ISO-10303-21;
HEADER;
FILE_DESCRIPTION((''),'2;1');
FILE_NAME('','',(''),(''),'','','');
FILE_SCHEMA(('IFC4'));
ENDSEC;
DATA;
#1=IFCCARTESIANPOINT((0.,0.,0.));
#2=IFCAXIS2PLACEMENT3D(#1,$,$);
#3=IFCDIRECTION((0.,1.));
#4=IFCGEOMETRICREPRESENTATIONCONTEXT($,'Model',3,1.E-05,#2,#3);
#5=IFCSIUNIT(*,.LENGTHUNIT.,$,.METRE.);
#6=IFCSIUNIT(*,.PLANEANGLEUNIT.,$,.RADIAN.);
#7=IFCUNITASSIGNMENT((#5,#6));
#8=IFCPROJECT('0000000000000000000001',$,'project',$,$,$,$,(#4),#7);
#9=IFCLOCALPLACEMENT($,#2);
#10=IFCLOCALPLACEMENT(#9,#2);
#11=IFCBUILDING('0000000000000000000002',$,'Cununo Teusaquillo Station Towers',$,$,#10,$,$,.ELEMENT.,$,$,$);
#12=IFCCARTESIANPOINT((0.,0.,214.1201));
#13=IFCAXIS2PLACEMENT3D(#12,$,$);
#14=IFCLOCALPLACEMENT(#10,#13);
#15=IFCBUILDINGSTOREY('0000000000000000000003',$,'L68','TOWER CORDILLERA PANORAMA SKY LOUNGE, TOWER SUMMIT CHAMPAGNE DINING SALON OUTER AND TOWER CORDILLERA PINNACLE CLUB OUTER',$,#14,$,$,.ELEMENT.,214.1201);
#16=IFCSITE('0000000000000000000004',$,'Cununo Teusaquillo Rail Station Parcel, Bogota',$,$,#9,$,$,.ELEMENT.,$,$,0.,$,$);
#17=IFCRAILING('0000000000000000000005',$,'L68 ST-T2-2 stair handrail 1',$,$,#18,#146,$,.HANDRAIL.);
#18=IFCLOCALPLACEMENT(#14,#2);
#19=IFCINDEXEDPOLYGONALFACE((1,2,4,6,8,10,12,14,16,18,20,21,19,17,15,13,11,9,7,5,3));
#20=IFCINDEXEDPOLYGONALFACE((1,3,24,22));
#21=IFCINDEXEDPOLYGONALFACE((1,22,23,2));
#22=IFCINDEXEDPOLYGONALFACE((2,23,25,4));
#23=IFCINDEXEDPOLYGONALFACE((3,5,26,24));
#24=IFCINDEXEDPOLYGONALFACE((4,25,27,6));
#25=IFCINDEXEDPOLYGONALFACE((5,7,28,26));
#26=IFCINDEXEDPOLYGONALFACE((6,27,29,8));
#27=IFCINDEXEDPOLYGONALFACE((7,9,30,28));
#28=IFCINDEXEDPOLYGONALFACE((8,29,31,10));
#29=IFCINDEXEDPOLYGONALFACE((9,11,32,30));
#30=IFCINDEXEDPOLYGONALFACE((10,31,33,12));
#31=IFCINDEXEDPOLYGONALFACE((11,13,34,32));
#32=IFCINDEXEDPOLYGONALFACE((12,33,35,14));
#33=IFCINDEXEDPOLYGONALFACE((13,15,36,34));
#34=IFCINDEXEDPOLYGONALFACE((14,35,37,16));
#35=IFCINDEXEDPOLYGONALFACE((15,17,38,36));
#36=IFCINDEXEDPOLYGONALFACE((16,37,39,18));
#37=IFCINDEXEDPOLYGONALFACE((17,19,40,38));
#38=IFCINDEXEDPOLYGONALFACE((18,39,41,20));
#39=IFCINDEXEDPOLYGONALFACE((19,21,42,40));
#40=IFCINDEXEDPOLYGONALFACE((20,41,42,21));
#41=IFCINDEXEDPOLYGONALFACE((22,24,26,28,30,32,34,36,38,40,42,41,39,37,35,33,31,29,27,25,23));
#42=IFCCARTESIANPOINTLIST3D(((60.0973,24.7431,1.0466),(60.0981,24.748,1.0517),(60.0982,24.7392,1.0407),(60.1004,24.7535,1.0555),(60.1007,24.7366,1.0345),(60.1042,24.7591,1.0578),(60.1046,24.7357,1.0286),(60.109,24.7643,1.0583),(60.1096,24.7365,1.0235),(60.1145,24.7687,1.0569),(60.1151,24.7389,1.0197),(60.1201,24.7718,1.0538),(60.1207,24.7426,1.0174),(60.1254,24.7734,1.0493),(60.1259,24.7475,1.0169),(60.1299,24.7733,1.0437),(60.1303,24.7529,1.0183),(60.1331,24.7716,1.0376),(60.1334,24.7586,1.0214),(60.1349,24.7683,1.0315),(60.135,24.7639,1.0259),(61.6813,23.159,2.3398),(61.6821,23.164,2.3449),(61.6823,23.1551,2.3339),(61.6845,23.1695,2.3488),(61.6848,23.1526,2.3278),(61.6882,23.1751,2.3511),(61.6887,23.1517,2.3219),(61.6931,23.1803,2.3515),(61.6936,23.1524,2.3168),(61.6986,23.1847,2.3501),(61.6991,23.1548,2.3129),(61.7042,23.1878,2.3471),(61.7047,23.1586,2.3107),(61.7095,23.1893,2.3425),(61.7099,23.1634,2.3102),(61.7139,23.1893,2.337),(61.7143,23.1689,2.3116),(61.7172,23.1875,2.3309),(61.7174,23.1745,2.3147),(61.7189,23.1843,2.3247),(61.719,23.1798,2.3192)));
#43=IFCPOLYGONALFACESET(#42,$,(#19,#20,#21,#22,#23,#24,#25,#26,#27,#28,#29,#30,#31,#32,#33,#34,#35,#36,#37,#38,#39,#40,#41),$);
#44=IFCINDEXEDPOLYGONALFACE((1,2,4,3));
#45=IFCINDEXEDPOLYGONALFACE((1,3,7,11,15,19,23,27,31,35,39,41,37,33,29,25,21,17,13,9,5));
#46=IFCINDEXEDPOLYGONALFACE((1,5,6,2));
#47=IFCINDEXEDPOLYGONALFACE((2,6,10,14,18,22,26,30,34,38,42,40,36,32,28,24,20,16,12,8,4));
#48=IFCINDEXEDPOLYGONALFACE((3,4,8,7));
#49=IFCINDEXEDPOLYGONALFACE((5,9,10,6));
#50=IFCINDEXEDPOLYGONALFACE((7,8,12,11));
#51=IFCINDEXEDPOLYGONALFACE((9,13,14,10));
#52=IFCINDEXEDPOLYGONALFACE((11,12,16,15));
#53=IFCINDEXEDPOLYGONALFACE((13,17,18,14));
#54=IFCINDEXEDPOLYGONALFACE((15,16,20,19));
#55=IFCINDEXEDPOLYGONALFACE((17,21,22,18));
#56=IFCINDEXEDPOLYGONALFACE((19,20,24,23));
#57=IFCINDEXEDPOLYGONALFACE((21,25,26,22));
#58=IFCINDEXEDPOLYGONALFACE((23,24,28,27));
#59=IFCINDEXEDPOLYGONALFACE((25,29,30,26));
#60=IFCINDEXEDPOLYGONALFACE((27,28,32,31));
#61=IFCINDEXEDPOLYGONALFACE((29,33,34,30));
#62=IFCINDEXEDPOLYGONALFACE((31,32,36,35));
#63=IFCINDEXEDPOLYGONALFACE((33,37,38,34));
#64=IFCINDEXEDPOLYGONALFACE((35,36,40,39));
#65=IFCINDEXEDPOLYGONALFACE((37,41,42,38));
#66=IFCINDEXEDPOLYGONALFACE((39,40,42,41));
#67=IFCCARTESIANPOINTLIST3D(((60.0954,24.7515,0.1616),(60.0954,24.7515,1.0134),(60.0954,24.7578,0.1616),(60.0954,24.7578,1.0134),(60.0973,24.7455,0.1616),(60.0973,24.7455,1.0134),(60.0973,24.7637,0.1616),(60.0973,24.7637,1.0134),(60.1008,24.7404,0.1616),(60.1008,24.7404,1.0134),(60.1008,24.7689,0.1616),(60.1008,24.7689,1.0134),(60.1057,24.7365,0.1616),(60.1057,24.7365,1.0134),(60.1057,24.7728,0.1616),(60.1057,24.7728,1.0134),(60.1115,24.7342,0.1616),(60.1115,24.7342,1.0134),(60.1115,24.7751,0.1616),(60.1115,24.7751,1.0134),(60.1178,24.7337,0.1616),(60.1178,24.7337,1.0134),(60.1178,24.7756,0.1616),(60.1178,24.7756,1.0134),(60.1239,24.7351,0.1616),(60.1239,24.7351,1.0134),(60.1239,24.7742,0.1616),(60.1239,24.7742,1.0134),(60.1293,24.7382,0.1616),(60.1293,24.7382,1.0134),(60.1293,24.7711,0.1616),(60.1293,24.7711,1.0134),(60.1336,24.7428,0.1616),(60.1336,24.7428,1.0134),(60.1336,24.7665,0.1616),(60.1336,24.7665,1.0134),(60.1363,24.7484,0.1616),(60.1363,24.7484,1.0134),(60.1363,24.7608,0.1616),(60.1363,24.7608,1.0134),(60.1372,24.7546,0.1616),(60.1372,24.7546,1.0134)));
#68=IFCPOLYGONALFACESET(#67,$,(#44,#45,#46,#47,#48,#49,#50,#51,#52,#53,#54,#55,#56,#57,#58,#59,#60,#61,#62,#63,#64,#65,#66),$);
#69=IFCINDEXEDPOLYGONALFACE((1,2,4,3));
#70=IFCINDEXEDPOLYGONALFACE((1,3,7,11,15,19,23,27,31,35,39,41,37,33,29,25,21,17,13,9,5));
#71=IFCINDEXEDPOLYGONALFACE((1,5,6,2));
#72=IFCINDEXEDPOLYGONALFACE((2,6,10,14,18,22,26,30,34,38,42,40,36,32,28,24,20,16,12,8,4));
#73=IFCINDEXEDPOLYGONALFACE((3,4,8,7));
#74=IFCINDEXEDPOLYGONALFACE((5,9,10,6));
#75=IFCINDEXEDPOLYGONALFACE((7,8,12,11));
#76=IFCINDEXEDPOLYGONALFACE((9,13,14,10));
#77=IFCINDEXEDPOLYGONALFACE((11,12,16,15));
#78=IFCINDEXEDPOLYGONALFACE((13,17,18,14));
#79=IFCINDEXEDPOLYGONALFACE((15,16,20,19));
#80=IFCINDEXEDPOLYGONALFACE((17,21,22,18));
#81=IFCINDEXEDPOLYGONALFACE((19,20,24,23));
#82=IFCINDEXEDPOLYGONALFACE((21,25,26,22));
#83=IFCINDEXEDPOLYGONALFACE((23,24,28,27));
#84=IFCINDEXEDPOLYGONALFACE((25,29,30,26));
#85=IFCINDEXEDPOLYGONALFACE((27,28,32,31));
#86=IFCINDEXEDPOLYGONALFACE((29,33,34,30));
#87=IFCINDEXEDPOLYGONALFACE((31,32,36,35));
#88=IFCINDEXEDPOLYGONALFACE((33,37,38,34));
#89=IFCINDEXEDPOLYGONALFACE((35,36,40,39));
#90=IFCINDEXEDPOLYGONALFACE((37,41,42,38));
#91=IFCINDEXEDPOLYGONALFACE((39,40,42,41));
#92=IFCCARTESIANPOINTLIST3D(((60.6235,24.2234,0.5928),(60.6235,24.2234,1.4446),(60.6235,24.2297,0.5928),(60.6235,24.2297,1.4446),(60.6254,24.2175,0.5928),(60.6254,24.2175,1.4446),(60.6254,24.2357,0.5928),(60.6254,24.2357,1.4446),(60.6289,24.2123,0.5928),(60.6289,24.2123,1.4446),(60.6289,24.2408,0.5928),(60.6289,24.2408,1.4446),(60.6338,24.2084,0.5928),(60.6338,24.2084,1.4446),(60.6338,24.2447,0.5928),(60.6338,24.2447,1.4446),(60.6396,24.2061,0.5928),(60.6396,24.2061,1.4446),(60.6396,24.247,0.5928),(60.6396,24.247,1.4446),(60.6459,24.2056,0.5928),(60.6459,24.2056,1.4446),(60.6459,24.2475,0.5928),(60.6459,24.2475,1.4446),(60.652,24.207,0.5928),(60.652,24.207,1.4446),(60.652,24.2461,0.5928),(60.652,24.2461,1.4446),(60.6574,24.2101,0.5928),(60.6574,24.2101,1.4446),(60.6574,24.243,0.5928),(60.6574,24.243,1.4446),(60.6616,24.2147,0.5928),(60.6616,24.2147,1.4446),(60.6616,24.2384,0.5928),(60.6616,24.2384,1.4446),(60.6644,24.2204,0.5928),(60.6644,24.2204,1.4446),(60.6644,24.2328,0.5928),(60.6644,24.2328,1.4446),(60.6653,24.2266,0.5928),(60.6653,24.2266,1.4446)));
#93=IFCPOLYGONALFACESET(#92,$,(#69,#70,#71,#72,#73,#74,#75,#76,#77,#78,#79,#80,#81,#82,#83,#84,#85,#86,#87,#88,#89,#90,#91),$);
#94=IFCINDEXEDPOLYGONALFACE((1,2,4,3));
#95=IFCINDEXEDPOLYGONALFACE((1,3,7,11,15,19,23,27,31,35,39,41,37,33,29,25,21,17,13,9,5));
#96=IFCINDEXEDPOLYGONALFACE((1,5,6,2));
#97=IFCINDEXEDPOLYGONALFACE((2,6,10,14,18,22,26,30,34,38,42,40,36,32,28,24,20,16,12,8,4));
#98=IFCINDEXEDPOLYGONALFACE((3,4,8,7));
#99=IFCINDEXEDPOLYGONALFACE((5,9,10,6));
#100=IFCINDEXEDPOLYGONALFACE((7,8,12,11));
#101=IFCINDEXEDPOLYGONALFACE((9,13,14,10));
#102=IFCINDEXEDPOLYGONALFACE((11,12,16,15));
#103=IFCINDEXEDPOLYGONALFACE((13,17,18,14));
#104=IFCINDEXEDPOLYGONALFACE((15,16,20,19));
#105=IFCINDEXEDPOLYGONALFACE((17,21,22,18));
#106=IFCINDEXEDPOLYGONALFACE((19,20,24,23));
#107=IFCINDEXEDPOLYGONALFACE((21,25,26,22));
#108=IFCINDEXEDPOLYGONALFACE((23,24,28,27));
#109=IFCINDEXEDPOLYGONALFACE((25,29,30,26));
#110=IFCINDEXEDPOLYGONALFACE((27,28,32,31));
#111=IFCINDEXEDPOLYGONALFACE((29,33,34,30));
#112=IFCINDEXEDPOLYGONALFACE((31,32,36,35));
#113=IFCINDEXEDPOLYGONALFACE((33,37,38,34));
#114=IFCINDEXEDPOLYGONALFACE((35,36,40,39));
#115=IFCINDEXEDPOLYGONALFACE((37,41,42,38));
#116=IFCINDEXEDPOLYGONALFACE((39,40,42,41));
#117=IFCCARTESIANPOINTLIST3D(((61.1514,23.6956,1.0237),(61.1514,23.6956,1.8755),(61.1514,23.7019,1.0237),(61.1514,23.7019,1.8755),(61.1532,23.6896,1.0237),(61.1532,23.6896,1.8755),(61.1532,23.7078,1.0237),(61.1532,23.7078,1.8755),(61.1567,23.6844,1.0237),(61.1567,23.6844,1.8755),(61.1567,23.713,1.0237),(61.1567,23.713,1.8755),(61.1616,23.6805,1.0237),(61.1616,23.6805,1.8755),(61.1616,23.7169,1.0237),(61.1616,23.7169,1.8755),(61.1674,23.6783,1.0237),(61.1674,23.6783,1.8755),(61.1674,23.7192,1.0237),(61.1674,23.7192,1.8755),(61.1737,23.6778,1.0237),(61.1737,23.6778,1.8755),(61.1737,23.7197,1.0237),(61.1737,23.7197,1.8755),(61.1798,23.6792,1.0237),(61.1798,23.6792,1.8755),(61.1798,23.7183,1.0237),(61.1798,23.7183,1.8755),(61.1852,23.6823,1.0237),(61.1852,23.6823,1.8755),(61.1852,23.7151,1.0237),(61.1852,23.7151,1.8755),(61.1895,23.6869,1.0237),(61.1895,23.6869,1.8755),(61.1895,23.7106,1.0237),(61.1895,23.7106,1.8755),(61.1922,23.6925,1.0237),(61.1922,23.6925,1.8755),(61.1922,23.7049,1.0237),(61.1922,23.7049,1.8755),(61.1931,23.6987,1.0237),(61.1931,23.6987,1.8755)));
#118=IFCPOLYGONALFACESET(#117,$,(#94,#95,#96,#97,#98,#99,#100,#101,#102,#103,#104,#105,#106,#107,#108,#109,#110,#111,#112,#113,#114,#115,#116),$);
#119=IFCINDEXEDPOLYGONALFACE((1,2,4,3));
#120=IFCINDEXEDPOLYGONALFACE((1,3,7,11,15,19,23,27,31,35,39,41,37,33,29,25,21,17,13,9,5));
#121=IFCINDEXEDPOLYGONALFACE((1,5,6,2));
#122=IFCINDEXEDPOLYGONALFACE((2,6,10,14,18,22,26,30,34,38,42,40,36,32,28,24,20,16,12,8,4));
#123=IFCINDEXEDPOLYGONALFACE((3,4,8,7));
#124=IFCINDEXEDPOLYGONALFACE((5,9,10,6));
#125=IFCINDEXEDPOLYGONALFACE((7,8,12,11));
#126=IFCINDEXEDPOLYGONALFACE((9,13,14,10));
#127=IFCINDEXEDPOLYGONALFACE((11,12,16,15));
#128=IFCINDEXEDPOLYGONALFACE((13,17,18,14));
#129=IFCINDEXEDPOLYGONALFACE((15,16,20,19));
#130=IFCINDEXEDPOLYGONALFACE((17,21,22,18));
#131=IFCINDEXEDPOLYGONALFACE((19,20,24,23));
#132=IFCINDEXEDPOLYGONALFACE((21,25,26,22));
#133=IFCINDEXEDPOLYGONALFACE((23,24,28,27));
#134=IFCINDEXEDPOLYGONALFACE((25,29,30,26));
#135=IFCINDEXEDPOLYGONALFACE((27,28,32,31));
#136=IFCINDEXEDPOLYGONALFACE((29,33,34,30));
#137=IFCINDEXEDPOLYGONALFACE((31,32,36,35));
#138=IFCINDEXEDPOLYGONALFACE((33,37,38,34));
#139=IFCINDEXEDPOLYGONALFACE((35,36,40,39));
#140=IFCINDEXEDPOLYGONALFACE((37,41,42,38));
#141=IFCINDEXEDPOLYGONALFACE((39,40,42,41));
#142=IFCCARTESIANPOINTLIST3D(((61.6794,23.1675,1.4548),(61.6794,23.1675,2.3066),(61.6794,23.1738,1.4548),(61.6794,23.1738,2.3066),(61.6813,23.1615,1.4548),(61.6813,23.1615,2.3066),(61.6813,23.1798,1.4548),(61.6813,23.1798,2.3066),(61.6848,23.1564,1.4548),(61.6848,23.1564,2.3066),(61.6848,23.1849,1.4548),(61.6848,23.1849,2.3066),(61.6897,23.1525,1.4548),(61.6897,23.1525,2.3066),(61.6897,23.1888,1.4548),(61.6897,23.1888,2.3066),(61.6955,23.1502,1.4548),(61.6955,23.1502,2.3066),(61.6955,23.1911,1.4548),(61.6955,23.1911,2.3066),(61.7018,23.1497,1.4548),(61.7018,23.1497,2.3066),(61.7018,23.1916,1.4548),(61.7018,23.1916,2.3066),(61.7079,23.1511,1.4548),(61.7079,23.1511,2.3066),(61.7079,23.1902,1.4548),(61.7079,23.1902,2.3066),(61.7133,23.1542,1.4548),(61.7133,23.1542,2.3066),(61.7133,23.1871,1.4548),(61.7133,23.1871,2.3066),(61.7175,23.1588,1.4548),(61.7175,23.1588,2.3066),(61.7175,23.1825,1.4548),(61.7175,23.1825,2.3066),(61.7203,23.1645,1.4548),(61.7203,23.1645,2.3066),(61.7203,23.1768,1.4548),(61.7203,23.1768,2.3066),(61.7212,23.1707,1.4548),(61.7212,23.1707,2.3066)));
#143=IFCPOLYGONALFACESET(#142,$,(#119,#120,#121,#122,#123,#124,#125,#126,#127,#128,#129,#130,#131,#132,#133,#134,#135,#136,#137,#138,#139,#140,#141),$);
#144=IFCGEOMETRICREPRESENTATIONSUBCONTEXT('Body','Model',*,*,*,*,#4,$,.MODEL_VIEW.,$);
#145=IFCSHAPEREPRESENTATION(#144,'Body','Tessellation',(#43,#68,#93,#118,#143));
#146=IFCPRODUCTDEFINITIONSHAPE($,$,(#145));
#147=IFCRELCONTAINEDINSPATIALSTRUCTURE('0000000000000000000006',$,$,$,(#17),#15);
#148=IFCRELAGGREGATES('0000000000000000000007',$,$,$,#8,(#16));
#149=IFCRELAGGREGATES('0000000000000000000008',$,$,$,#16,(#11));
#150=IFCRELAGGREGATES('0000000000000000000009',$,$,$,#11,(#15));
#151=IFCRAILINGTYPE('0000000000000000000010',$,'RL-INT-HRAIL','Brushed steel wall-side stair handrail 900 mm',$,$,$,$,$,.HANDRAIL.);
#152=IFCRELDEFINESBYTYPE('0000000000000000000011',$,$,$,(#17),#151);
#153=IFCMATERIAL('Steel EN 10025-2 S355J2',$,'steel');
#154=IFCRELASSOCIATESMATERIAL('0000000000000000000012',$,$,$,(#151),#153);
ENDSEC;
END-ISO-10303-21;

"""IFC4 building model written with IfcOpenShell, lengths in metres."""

from ifc_helpers import new_model, si_unit, direction, frame, origin, origin_2d, place, context, subcontext, project, spatial, circle, extrude, material, type_object, element, save


model = new_model("IFC4")

# Units and contexts
model_context = context("Model", 3, precision=1e-05, world=origin(), true_north=direction((0.0, 1.0)))
body_context = subcontext(model_context, "Body", "Model", "MODEL_VIEW")
ifc_project = project(units=[si_unit("LENGTHUNIT", "METRE"), si_unit("PLANEANGLEUNIT", "RADIAN")], contexts=[model_context])

# Site, building, storey
site_placement = place(None, origin())
site = spatial("IfcSite", under=ifc_project, at=site_placement, Name="Cununo Teusaquillo Rail Station Parcel, Bogota", CompositionType="ELEMENT", RefElevation=0.0)
building_placement = place(site_placement, origin())
building = spatial("IfcBuilding", under=site, at=building_placement, Name="Cununo Teusaquillo Station Towers", CompositionType="ELEMENT")
storey_placement = place(building_placement, frame((0.0, 0.0, 214.1201)))
storey = spatial("IfcBuildingStorey", under=building, at=storey_placement, Name="L68", Description="TOWER CORDILLERA PANORAMA SKY LOUNGE, TOWER SUMMIT CHAMPAGNE DINING SALON OUTER AND TOWER CORDILLERA PINNACLE CLUB OUTER", CompositionType="ELEMENT", Elevation=214.1201)

# Railing
ifc_material_1 = material(Name="Steel EN 10025-2 S355J2", Category="steel")
railing_type_1 = type_object("IfcRailingType", Name="RL-INT-HRAIL", Description="Brushed steel wall-side stair handrail 900 mm", PredefinedType="HANDRAIL", material=ifc_material_1)
railing_1_placement = place(storey_placement, frame((60.1162, 24.7546, 0.1616)))
element("IfcRailing", 1, at=railing_1_placement, inside=storey, type_object=railing_type_1, Name="L68 ST-T2-2 stair handrail 1", PredefinedType="HANDRAIL", context=body_context, shape_type="SweptSolid", body=[
    extrude(circle(Radius=0.0239, at=origin_2d()), frame((0.0, 0.0, 0.876), z_axis=(0.612385, -0.612385, 0.49997), x_axis=(0.707107, 0.707107, 0.0)), (0.0, 0.0, 1.0), 2.5867),
    extrude(circle(Radius=0.021, at=origin_2d()), origin(), (0.0, 0.0, 1.0), 0.8518),
    extrude(circle(Radius=0.021, at=origin_2d()), frame((0.5281, -0.5281, 0.4312)), (0.0, 0.0, 1.0), 0.8518),
    extrude(circle(Radius=0.021, at=origin_2d()), frame((1.0559, -1.0559, 0.8621)), (0.0, 0.0, 1.0), 0.8518),
    extrude(circle(Radius=0.021, at=origin_2d()), frame((1.584, -1.584, 1.2932)), (0.0, 0.0, 1.0), 0.8518),
])

save(model, "model.ifc")
